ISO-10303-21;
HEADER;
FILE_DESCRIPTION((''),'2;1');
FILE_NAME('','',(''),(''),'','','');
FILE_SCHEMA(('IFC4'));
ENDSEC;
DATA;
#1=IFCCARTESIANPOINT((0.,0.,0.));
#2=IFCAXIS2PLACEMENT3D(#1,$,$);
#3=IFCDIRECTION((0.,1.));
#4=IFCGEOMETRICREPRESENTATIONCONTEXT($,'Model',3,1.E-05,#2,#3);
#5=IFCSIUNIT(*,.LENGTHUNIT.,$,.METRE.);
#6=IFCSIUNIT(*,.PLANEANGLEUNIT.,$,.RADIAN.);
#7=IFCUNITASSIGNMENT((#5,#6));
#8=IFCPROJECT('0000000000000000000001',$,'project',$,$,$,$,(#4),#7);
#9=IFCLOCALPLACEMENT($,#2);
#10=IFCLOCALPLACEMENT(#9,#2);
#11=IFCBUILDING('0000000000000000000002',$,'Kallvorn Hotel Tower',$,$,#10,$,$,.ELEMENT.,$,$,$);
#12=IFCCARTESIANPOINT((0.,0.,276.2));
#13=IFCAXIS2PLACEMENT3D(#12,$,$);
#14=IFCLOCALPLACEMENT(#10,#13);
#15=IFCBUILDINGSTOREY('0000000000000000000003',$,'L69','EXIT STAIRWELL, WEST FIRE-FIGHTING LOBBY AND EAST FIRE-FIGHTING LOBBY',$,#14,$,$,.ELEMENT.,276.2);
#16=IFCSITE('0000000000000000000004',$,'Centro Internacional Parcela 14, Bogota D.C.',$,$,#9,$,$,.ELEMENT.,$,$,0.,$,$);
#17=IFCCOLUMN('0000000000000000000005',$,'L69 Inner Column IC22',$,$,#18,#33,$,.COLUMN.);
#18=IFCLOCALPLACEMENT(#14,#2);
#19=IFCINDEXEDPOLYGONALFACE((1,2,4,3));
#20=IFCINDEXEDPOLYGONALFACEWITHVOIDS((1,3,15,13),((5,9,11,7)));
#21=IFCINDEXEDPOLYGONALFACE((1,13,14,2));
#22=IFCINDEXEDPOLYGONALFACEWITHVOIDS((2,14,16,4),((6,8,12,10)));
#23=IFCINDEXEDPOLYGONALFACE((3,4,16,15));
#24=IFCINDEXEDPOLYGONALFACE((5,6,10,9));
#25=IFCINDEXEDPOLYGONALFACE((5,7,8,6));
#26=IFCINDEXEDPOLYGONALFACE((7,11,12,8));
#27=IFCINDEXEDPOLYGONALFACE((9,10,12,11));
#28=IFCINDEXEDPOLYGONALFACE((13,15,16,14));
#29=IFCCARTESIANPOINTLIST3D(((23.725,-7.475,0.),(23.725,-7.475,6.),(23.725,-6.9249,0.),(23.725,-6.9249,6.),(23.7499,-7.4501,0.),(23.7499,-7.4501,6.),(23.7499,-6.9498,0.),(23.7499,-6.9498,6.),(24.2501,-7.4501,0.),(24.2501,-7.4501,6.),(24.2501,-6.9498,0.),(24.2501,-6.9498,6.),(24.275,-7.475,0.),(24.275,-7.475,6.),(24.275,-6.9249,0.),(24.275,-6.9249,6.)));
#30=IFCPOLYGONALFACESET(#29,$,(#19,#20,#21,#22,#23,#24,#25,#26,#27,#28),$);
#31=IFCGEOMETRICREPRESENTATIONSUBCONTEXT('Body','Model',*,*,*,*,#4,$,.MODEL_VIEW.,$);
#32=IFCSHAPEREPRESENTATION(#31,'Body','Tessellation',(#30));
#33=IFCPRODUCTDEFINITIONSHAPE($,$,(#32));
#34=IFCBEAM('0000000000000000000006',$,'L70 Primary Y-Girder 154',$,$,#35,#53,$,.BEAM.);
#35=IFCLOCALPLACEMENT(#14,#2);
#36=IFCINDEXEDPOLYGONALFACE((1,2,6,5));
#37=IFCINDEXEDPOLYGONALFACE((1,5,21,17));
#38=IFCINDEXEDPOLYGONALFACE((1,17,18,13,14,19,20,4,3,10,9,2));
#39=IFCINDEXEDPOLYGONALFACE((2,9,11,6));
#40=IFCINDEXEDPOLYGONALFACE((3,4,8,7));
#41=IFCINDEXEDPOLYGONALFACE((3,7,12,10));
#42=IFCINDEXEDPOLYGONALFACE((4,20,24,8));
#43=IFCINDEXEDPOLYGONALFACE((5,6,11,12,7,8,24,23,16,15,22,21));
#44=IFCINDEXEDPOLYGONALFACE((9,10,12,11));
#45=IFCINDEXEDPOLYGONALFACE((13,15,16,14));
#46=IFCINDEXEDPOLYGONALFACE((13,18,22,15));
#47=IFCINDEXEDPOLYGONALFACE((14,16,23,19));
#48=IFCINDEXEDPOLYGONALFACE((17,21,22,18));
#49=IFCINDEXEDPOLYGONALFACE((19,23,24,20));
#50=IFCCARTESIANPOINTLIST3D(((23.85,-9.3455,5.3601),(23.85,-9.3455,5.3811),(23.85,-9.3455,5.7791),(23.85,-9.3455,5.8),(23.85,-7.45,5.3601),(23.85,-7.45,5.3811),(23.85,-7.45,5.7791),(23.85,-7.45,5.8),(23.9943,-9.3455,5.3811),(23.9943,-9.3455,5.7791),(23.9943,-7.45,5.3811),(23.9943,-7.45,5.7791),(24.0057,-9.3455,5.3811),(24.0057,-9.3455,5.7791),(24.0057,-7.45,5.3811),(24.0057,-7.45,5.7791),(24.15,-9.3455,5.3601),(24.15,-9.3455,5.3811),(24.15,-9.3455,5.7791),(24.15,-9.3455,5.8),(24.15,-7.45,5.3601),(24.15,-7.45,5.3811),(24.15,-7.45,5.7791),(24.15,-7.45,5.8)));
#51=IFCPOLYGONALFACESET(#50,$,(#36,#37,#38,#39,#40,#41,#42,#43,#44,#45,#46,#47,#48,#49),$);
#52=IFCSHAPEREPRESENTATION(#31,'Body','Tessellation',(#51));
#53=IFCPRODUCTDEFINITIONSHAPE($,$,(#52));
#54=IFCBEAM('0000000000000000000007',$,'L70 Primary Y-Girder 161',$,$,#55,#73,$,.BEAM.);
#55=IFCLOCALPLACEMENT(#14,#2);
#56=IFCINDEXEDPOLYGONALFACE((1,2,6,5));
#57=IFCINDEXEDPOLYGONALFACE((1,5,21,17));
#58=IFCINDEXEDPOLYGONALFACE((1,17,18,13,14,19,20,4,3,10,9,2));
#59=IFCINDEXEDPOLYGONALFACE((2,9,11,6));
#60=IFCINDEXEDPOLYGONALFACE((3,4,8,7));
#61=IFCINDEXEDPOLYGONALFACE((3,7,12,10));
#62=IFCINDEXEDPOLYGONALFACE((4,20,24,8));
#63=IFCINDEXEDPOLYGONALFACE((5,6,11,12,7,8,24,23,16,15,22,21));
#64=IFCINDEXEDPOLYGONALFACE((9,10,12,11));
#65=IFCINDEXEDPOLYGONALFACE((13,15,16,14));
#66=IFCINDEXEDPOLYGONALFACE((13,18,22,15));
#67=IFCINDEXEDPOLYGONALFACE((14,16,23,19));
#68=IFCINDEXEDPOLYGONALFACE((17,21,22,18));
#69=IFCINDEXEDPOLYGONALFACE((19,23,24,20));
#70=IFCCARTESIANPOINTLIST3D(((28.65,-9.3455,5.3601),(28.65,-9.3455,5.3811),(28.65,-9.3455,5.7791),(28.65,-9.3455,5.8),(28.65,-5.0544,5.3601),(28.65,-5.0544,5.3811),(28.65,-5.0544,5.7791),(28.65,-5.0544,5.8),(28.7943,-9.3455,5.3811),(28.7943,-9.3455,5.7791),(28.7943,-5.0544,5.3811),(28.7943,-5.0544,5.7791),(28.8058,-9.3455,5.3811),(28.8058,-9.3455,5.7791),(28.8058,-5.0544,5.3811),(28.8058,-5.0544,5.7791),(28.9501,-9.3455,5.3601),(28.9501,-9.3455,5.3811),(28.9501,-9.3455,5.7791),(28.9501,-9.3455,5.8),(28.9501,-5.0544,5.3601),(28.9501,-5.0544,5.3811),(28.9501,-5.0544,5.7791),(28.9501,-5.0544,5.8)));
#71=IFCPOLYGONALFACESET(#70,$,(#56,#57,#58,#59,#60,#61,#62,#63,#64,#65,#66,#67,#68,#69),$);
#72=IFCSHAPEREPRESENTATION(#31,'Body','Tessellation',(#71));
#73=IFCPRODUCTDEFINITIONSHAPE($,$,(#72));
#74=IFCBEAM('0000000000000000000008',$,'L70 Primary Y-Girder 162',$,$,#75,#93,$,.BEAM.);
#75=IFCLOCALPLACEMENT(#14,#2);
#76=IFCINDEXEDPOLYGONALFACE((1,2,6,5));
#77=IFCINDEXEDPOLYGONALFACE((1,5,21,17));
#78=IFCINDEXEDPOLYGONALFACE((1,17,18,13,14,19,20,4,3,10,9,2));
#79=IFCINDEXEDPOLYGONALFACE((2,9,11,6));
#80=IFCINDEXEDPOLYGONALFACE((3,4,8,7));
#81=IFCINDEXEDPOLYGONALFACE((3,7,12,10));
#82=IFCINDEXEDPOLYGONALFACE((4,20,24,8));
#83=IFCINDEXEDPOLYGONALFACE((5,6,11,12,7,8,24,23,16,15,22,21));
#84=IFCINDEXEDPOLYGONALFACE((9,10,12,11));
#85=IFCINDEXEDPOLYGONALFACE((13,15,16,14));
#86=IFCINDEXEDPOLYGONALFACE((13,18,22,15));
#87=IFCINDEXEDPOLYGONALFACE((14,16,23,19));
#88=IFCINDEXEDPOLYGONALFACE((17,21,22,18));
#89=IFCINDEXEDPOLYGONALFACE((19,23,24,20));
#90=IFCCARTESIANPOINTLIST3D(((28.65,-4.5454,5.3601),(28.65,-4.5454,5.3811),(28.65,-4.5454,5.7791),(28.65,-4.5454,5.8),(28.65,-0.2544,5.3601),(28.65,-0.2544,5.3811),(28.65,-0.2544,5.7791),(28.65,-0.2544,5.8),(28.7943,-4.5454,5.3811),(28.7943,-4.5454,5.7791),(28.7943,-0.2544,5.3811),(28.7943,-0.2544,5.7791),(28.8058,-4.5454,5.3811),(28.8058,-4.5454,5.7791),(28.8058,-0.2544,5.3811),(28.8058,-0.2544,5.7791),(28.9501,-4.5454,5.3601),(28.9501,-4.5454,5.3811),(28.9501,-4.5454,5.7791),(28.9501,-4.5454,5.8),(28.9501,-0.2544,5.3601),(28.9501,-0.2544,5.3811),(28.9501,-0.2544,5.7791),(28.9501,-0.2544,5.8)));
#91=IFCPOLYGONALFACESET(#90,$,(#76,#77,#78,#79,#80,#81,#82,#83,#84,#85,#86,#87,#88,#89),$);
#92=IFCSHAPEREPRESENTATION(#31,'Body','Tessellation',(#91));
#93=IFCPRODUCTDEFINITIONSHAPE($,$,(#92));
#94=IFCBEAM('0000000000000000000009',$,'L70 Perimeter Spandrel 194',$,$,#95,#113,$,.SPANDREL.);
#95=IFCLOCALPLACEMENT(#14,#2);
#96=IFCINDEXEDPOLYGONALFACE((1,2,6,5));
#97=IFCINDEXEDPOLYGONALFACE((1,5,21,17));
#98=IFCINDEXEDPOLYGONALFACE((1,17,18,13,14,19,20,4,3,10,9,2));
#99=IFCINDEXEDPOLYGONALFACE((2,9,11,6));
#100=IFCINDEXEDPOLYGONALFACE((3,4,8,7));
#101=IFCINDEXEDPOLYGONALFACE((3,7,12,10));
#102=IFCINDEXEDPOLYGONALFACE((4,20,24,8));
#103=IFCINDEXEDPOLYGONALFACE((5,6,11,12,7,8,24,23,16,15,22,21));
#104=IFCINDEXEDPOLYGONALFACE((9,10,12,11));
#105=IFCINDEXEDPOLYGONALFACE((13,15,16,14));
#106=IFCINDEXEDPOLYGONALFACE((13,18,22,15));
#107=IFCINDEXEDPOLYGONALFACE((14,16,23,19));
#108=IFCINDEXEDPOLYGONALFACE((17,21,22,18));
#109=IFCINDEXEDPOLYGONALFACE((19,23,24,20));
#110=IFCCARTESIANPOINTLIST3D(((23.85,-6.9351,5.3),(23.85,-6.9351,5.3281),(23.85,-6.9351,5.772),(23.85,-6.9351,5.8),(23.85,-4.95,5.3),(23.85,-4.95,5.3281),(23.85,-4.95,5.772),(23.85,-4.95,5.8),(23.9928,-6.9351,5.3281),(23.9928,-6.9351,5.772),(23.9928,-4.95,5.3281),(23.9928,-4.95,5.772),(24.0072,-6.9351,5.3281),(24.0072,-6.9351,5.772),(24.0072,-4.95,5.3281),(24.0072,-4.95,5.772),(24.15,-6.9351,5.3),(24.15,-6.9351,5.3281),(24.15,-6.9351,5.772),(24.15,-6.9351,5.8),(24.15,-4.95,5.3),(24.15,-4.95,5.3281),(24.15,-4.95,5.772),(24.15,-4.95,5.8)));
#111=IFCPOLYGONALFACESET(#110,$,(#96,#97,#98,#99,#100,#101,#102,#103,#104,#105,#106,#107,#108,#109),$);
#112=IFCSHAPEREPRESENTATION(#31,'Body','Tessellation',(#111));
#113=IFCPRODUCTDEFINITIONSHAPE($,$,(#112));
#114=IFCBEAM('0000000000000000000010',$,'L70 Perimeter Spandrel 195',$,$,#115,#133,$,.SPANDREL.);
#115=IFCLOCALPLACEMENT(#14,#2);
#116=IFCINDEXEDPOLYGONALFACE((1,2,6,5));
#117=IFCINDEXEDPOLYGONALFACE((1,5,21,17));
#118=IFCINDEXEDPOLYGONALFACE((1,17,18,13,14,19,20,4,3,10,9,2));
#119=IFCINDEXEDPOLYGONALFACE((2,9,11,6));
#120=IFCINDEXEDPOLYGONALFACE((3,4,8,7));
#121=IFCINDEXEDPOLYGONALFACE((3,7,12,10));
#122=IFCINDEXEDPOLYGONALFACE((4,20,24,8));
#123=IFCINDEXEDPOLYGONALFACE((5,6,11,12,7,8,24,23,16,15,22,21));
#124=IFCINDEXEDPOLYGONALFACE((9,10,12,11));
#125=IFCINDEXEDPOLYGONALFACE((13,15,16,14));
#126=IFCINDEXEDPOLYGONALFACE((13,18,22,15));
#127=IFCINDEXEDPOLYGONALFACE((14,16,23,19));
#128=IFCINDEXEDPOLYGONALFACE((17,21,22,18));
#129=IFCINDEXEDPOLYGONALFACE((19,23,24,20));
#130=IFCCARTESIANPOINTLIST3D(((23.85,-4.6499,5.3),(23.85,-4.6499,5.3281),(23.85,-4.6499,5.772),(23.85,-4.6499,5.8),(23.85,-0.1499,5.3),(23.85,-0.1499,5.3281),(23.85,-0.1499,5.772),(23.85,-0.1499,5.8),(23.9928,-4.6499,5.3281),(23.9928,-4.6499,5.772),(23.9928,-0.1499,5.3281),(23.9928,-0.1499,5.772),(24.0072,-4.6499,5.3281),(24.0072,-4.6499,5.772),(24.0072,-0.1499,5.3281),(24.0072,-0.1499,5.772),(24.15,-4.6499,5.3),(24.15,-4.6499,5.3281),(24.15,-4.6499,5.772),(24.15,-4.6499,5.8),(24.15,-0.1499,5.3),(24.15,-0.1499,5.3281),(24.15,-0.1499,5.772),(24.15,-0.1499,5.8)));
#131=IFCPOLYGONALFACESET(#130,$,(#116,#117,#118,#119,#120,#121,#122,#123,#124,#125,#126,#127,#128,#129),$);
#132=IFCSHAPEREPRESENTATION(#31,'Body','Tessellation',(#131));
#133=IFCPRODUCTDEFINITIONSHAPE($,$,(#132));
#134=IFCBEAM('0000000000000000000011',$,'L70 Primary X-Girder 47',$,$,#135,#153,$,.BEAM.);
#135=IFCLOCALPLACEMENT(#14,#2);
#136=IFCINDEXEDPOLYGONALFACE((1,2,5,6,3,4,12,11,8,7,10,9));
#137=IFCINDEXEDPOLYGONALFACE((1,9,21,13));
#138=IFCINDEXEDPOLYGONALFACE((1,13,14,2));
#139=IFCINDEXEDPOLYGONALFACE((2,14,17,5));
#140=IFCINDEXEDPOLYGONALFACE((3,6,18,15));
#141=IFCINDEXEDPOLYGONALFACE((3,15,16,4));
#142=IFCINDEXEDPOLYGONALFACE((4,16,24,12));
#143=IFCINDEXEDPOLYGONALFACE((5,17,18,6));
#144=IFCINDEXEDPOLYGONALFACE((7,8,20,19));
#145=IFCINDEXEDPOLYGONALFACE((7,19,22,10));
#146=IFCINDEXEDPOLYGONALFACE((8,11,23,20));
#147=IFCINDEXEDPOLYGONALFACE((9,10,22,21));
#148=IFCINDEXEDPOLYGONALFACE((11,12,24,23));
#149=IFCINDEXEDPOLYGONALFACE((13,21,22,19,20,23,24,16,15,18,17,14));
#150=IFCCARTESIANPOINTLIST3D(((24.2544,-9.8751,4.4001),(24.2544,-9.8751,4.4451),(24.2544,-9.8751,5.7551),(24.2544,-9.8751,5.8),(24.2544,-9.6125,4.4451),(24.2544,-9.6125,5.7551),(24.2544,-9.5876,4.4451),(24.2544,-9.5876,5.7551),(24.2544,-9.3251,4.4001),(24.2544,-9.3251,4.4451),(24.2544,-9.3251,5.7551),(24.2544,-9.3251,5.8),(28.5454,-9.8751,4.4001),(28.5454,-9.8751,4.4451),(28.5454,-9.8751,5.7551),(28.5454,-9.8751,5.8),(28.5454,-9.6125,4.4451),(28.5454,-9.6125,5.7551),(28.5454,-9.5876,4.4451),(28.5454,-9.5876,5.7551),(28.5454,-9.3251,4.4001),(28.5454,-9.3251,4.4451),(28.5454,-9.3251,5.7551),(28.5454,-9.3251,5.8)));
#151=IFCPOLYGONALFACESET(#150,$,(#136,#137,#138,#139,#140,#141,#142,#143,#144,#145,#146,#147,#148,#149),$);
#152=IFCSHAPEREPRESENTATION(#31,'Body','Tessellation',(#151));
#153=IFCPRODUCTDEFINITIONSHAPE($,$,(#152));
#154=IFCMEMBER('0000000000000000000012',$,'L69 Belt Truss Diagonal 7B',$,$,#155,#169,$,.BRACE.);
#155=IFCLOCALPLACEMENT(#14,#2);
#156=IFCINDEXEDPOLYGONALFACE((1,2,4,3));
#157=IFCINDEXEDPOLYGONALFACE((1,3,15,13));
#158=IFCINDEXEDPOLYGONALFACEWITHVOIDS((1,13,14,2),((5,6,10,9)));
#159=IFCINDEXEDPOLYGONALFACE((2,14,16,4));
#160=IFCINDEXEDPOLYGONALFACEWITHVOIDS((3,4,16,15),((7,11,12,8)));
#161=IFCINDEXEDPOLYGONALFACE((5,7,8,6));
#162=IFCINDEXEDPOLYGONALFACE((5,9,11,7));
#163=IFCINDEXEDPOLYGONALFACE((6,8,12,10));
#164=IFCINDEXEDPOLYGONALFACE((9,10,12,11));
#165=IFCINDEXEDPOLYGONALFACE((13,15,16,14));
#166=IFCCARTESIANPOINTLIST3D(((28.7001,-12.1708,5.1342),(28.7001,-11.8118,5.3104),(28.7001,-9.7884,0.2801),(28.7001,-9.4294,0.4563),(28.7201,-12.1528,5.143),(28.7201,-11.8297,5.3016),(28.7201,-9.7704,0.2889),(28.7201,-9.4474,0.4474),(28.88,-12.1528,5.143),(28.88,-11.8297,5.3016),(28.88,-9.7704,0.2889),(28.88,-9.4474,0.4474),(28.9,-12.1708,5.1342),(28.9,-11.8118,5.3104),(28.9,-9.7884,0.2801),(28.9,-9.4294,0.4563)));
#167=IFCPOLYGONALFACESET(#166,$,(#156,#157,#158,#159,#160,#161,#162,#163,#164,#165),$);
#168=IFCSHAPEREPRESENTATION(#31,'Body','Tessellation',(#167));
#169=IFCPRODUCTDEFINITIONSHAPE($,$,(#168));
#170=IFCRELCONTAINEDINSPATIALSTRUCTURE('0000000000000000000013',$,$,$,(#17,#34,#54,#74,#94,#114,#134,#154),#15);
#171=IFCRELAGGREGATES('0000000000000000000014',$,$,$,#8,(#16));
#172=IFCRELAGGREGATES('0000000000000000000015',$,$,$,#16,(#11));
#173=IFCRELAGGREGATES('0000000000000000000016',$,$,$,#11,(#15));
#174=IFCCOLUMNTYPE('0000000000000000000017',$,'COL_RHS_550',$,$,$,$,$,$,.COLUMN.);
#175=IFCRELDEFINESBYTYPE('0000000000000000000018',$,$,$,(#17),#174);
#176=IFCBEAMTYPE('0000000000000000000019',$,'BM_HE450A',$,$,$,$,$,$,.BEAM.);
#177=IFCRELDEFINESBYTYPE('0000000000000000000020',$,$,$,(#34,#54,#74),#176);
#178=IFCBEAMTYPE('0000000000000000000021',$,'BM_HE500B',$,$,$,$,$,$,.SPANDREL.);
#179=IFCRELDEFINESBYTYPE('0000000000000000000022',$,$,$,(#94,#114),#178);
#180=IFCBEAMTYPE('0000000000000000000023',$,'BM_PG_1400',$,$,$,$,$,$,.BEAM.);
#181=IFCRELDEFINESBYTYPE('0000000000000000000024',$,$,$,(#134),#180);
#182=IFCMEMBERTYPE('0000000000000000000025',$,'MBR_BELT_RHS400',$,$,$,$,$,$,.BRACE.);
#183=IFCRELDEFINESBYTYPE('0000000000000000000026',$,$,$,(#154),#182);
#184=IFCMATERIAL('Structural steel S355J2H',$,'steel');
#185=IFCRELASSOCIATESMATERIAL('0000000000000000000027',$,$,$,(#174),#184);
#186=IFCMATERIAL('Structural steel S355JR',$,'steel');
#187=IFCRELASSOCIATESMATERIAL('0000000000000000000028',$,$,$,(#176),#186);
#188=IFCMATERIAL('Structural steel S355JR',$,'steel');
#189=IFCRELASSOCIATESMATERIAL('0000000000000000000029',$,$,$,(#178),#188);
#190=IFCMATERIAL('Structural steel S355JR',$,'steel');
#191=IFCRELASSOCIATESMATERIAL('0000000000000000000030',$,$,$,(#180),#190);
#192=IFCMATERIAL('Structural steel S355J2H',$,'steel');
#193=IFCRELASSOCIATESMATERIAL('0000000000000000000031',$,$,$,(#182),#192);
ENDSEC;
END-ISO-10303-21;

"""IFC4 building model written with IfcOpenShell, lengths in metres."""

from ifc_helpers import new_model, si_unit, direction, frame, origin, origin_2d, place, context, subcontext, project, spatial, hollow_rectangle, i_section, extrude, material, material_profile, profile_set, type_object, element, save


model = new_model("IFC4")

# Units and contexts
model_context = context("Model", 3, precision=1e-05, world=origin(), true_north=direction((0.0, 1.0)))
body_context = subcontext(model_context, "Body", "Model", "MODEL_VIEW")
ifc_project = project(units=[si_unit("LENGTHUNIT", "METRE"), si_unit("PLANEANGLEUNIT", "RADIAN")], contexts=[model_context])

# Site, building, storey
site_placement = place(None, origin())
site = spatial("IfcSite", under=ifc_project, at=site_placement, Name="Centro Internacional Parcela 14, Bogota D.C.", CompositionType="ELEMENT", RefElevation=0.0)
building_placement = place(site_placement, origin())
building = spatial("IfcBuilding", under=site, at=building_placement, Name="Kallvorn Hotel Tower", CompositionType="ELEMENT")
storey_placement = place(building_placement, frame((0.0, 0.0, 276.2)))
storey = spatial("IfcBuildingStorey", under=building, at=storey_placement, Name="L69", Description="EXIT STAIRWELL, WEST FIRE-FIGHTING LOBBY AND EAST FIRE-FIGHTING LOBBY", CompositionType="ELEMENT", Elevation=276.2)

# Column
ifc_material_1 = material(Name="Structural steel S355J2H", Category="steel")
ifc_material_profile_1 = material_profile(ifc_material_1, hollow_rectangle(XDim=0.55, YDim=0.55, WallThickness=0.0249, at=origin_2d()), Name="RHS 550x550x25")
ifc_profile_set_1 = profile_set([ifc_material_profile_1], Name="Structural steel S355J2H")
column_type_1 = type_object("IfcColumnType", Name="COL_RHS_550", PredefinedType="COLUMN", material=ifc_profile_set_1)
column_placement = place(storey_placement, frame((24.0, -7.2, 0.0), z_axis=(0.0, 0.0, 1.0), x_axis=(1.0, 0.0, 0.0)))
element("IfcColumn", 1, at=column_placement, inside=storey, type_object=column_type_1, Name="L69 Inner Column IC22", PredefinedType="COLUMN", context=body_context, shape_type="SweptSolid", body=[
    extrude(hollow_rectangle(XDim=0.55, YDim=0.55, WallThickness=0.0249, at=origin_2d()), origin(), (0.0, 0.0, 1.0), 6.0),
])

# Beams
ifc_material_2 = material(Name="Structural steel S355JR", Category="steel")
ifc_material_profile_2 = material_profile(ifc_material_2, i_section(OverallWidth=0.3, OverallDepth=0.4399, WebThickness=0.0115, FlangeThickness=0.021, at=origin_2d()), Name="HE 450 A")
ifc_profile_set_2 = profile_set([ifc_material_profile_2], Name="Structural steel S355JR")
beam_type_1 = type_object("IfcBeamType", Name="BM_HE450A", PredefinedType="BEAM", material=ifc_profile_set_2)
beam_1_placement = place(storey_placement, frame((24.0, -9.3455, 5.5801), z_axis=(0.0, 1.0, 0.0), x_axis=(-1.0, 0.0, 0.0)))
element("IfcBeam", 2, at=beam_1_placement, inside=storey, type_object=beam_type_1, Name="L70 Primary Y-Girder 154", PredefinedType="BEAM", context=body_context, shape_type="SweptSolid", body=[
    extrude(i_section(OverallWidth=0.3, OverallDepth=0.4399, WebThickness=0.0115, FlangeThickness=0.021, at=origin_2d()), origin(), (0.0, 0.0, 1.0), 1.8955),
])
for number, where, z_axis, x_axis, name in (
    (3, (28.8, -9.3455, 5.5801), (0.0, 1.0, 0.0), (-1.0, 0.0, 0.0), "L70 Primary Y-Girder 161"),
    (4, (28.8, -4.5454, 5.5801), (0.0, 1.0, 0.0), (-1.0, 0.0, 0.0), "L70 Primary Y-Girder 162"),
):
    element("IfcBeam", number, at=place(storey_placement, frame(where, z_axis=z_axis, x_axis=x_axis)), inside=storey, type_object=beam_type_1, Name=name, PredefinedType="BEAM", context=body_context, shape_type="SweptSolid", body=[
        extrude(i_section(OverallWidth=0.3, OverallDepth=0.4399, WebThickness=0.0115, FlangeThickness=0.021, at=origin_2d()), origin(), (0.0, 0.0, 1.0), 4.291),
    ])
ifc_material_3 = material(Name="Structural steel S355JR", Category="steel")
ifc_material_profile_3 = material_profile(ifc_material_3, i_section(OverallWidth=0.3, OverallDepth=0.5, WebThickness=0.0144, FlangeThickness=0.0281, at=origin_2d()), Name="HE 500 B")
ifc_profile_set_3 = profile_set([ifc_material_profile_3], Name="Structural steel S355JR")
beam_type_2 = type_object("IfcBeamType", Name="BM_HE500B", PredefinedType="SPANDREL", material=ifc_profile_set_3)
beam_2_placement = place(storey_placement, frame((24.0, -6.9351, 5.55), z_axis=(0.0, 1.0, 0.0), x_axis=(-1.0, 0.0, 0.0)))
element("IfcBeam", 5, at=beam_2_placement, inside=storey, type_object=beam_type_2, Name="L70 Perimeter Spandrel 194", PredefinedType="SPANDREL", context=body_context, shape_type="SweptSolid", body=[
    extrude(i_section(OverallWidth=0.3, OverallDepth=0.5, WebThickness=0.0144, FlangeThickness=0.0281, at=origin_2d()), origin(), (0.0, 0.0, 1.0), 1.9851),
])
beam_3_placement = place(storey_placement, frame((24.0, -4.6499, 5.55), z_axis=(0.0, 1.0, 0.0), x_axis=(-1.0, 0.0, 0.0)))
element("IfcBeam", 6, at=beam_3_placement, inside=storey, type_object=beam_type_2, Name="L70 Perimeter Spandrel 195", PredefinedType="SPANDREL", context=body_context, shape_type="SweptSolid", body=[
    extrude(i_section(OverallWidth=0.3, OverallDepth=0.5, WebThickness=0.0144, FlangeThickness=0.0281, at=origin_2d()), origin(), (0.0, 0.0, 1.0), 4.5),
])
ifc_material_4 = material(Name="Structural steel S355JR", Category="steel")
ifc_material_profile_4 = material_profile(ifc_material_4, i_section(OverallWidth=0.55, OverallDepth=1.3999, WebThickness=0.0249, FlangeThickness=0.0449, at=origin_2d()), Name="PG 1400x550x25x45")
ifc_profile_set_4 = profile_set([ifc_material_profile_4], Name="Structural steel S355JR")
beam_type_3 = type_object("IfcBeamType", Name="BM_PG_1400", PredefinedType="BEAM", material=ifc_profile_set_4)
beam_4_placement = place(storey_placement, frame((24.2544, -9.6001, 5.1001), z_axis=(1.0, 0.0, 0.0), x_axis=(0.0, 1.0, 0.0)))
element("IfcBeam", 7, at=beam_4_placement, inside=storey, type_object=beam_type_3, Name="L70 Primary X-Girder 47", PredefinedType="BEAM", context=body_context, shape_type="SweptSolid", body=[
    extrude(i_section(OverallWidth=0.55, OverallDepth=1.3999, WebThickness=0.0249, FlangeThickness=0.0449, at=origin_2d()), origin(), (0.0, 0.0, 1.0), 4.291),
])

# Member
ifc_material_5 = material(Name="Structural steel S355J2H", Category="steel")
ifc_material_profile_5 = material_profile(ifc_material_5, hollow_rectangle(XDim=0.2, YDim=0.3999, WallThickness=0.02, at=origin_2d()), Name="RHS 400x200x20")
ifc_profile_set_5 = profile_set([ifc_material_profile_5], Name="Structural steel S355J2H")
member_type_1 = type_object("IfcMemberType", Name="MBR_BELT_RHS400", PredefinedType="BRACE", material=ifc_profile_set_5)
member_1_placement = place(storey_placement, frame((28.8, -9.6089, 0.3682), z_axis=(0.0, -0.440591, 0.897708), x_axis=(1.0, 0.0, 0.0)))
element("IfcMember", 8, at=member_1_placement, inside=storey, type_object=member_type_1, Name="L69 Belt Truss Diagonal 7B", PredefinedType="BRACE", context=body_context, shape_type="SweptSolid", body=[
    extrude(hollow_rectangle(XDim=0.2, YDim=0.3999, WallThickness=0.02, at=origin_2d()), origin(), (0.0, 0.0, 1.0), 5.4072),
])

save(model, "model.ifc")
